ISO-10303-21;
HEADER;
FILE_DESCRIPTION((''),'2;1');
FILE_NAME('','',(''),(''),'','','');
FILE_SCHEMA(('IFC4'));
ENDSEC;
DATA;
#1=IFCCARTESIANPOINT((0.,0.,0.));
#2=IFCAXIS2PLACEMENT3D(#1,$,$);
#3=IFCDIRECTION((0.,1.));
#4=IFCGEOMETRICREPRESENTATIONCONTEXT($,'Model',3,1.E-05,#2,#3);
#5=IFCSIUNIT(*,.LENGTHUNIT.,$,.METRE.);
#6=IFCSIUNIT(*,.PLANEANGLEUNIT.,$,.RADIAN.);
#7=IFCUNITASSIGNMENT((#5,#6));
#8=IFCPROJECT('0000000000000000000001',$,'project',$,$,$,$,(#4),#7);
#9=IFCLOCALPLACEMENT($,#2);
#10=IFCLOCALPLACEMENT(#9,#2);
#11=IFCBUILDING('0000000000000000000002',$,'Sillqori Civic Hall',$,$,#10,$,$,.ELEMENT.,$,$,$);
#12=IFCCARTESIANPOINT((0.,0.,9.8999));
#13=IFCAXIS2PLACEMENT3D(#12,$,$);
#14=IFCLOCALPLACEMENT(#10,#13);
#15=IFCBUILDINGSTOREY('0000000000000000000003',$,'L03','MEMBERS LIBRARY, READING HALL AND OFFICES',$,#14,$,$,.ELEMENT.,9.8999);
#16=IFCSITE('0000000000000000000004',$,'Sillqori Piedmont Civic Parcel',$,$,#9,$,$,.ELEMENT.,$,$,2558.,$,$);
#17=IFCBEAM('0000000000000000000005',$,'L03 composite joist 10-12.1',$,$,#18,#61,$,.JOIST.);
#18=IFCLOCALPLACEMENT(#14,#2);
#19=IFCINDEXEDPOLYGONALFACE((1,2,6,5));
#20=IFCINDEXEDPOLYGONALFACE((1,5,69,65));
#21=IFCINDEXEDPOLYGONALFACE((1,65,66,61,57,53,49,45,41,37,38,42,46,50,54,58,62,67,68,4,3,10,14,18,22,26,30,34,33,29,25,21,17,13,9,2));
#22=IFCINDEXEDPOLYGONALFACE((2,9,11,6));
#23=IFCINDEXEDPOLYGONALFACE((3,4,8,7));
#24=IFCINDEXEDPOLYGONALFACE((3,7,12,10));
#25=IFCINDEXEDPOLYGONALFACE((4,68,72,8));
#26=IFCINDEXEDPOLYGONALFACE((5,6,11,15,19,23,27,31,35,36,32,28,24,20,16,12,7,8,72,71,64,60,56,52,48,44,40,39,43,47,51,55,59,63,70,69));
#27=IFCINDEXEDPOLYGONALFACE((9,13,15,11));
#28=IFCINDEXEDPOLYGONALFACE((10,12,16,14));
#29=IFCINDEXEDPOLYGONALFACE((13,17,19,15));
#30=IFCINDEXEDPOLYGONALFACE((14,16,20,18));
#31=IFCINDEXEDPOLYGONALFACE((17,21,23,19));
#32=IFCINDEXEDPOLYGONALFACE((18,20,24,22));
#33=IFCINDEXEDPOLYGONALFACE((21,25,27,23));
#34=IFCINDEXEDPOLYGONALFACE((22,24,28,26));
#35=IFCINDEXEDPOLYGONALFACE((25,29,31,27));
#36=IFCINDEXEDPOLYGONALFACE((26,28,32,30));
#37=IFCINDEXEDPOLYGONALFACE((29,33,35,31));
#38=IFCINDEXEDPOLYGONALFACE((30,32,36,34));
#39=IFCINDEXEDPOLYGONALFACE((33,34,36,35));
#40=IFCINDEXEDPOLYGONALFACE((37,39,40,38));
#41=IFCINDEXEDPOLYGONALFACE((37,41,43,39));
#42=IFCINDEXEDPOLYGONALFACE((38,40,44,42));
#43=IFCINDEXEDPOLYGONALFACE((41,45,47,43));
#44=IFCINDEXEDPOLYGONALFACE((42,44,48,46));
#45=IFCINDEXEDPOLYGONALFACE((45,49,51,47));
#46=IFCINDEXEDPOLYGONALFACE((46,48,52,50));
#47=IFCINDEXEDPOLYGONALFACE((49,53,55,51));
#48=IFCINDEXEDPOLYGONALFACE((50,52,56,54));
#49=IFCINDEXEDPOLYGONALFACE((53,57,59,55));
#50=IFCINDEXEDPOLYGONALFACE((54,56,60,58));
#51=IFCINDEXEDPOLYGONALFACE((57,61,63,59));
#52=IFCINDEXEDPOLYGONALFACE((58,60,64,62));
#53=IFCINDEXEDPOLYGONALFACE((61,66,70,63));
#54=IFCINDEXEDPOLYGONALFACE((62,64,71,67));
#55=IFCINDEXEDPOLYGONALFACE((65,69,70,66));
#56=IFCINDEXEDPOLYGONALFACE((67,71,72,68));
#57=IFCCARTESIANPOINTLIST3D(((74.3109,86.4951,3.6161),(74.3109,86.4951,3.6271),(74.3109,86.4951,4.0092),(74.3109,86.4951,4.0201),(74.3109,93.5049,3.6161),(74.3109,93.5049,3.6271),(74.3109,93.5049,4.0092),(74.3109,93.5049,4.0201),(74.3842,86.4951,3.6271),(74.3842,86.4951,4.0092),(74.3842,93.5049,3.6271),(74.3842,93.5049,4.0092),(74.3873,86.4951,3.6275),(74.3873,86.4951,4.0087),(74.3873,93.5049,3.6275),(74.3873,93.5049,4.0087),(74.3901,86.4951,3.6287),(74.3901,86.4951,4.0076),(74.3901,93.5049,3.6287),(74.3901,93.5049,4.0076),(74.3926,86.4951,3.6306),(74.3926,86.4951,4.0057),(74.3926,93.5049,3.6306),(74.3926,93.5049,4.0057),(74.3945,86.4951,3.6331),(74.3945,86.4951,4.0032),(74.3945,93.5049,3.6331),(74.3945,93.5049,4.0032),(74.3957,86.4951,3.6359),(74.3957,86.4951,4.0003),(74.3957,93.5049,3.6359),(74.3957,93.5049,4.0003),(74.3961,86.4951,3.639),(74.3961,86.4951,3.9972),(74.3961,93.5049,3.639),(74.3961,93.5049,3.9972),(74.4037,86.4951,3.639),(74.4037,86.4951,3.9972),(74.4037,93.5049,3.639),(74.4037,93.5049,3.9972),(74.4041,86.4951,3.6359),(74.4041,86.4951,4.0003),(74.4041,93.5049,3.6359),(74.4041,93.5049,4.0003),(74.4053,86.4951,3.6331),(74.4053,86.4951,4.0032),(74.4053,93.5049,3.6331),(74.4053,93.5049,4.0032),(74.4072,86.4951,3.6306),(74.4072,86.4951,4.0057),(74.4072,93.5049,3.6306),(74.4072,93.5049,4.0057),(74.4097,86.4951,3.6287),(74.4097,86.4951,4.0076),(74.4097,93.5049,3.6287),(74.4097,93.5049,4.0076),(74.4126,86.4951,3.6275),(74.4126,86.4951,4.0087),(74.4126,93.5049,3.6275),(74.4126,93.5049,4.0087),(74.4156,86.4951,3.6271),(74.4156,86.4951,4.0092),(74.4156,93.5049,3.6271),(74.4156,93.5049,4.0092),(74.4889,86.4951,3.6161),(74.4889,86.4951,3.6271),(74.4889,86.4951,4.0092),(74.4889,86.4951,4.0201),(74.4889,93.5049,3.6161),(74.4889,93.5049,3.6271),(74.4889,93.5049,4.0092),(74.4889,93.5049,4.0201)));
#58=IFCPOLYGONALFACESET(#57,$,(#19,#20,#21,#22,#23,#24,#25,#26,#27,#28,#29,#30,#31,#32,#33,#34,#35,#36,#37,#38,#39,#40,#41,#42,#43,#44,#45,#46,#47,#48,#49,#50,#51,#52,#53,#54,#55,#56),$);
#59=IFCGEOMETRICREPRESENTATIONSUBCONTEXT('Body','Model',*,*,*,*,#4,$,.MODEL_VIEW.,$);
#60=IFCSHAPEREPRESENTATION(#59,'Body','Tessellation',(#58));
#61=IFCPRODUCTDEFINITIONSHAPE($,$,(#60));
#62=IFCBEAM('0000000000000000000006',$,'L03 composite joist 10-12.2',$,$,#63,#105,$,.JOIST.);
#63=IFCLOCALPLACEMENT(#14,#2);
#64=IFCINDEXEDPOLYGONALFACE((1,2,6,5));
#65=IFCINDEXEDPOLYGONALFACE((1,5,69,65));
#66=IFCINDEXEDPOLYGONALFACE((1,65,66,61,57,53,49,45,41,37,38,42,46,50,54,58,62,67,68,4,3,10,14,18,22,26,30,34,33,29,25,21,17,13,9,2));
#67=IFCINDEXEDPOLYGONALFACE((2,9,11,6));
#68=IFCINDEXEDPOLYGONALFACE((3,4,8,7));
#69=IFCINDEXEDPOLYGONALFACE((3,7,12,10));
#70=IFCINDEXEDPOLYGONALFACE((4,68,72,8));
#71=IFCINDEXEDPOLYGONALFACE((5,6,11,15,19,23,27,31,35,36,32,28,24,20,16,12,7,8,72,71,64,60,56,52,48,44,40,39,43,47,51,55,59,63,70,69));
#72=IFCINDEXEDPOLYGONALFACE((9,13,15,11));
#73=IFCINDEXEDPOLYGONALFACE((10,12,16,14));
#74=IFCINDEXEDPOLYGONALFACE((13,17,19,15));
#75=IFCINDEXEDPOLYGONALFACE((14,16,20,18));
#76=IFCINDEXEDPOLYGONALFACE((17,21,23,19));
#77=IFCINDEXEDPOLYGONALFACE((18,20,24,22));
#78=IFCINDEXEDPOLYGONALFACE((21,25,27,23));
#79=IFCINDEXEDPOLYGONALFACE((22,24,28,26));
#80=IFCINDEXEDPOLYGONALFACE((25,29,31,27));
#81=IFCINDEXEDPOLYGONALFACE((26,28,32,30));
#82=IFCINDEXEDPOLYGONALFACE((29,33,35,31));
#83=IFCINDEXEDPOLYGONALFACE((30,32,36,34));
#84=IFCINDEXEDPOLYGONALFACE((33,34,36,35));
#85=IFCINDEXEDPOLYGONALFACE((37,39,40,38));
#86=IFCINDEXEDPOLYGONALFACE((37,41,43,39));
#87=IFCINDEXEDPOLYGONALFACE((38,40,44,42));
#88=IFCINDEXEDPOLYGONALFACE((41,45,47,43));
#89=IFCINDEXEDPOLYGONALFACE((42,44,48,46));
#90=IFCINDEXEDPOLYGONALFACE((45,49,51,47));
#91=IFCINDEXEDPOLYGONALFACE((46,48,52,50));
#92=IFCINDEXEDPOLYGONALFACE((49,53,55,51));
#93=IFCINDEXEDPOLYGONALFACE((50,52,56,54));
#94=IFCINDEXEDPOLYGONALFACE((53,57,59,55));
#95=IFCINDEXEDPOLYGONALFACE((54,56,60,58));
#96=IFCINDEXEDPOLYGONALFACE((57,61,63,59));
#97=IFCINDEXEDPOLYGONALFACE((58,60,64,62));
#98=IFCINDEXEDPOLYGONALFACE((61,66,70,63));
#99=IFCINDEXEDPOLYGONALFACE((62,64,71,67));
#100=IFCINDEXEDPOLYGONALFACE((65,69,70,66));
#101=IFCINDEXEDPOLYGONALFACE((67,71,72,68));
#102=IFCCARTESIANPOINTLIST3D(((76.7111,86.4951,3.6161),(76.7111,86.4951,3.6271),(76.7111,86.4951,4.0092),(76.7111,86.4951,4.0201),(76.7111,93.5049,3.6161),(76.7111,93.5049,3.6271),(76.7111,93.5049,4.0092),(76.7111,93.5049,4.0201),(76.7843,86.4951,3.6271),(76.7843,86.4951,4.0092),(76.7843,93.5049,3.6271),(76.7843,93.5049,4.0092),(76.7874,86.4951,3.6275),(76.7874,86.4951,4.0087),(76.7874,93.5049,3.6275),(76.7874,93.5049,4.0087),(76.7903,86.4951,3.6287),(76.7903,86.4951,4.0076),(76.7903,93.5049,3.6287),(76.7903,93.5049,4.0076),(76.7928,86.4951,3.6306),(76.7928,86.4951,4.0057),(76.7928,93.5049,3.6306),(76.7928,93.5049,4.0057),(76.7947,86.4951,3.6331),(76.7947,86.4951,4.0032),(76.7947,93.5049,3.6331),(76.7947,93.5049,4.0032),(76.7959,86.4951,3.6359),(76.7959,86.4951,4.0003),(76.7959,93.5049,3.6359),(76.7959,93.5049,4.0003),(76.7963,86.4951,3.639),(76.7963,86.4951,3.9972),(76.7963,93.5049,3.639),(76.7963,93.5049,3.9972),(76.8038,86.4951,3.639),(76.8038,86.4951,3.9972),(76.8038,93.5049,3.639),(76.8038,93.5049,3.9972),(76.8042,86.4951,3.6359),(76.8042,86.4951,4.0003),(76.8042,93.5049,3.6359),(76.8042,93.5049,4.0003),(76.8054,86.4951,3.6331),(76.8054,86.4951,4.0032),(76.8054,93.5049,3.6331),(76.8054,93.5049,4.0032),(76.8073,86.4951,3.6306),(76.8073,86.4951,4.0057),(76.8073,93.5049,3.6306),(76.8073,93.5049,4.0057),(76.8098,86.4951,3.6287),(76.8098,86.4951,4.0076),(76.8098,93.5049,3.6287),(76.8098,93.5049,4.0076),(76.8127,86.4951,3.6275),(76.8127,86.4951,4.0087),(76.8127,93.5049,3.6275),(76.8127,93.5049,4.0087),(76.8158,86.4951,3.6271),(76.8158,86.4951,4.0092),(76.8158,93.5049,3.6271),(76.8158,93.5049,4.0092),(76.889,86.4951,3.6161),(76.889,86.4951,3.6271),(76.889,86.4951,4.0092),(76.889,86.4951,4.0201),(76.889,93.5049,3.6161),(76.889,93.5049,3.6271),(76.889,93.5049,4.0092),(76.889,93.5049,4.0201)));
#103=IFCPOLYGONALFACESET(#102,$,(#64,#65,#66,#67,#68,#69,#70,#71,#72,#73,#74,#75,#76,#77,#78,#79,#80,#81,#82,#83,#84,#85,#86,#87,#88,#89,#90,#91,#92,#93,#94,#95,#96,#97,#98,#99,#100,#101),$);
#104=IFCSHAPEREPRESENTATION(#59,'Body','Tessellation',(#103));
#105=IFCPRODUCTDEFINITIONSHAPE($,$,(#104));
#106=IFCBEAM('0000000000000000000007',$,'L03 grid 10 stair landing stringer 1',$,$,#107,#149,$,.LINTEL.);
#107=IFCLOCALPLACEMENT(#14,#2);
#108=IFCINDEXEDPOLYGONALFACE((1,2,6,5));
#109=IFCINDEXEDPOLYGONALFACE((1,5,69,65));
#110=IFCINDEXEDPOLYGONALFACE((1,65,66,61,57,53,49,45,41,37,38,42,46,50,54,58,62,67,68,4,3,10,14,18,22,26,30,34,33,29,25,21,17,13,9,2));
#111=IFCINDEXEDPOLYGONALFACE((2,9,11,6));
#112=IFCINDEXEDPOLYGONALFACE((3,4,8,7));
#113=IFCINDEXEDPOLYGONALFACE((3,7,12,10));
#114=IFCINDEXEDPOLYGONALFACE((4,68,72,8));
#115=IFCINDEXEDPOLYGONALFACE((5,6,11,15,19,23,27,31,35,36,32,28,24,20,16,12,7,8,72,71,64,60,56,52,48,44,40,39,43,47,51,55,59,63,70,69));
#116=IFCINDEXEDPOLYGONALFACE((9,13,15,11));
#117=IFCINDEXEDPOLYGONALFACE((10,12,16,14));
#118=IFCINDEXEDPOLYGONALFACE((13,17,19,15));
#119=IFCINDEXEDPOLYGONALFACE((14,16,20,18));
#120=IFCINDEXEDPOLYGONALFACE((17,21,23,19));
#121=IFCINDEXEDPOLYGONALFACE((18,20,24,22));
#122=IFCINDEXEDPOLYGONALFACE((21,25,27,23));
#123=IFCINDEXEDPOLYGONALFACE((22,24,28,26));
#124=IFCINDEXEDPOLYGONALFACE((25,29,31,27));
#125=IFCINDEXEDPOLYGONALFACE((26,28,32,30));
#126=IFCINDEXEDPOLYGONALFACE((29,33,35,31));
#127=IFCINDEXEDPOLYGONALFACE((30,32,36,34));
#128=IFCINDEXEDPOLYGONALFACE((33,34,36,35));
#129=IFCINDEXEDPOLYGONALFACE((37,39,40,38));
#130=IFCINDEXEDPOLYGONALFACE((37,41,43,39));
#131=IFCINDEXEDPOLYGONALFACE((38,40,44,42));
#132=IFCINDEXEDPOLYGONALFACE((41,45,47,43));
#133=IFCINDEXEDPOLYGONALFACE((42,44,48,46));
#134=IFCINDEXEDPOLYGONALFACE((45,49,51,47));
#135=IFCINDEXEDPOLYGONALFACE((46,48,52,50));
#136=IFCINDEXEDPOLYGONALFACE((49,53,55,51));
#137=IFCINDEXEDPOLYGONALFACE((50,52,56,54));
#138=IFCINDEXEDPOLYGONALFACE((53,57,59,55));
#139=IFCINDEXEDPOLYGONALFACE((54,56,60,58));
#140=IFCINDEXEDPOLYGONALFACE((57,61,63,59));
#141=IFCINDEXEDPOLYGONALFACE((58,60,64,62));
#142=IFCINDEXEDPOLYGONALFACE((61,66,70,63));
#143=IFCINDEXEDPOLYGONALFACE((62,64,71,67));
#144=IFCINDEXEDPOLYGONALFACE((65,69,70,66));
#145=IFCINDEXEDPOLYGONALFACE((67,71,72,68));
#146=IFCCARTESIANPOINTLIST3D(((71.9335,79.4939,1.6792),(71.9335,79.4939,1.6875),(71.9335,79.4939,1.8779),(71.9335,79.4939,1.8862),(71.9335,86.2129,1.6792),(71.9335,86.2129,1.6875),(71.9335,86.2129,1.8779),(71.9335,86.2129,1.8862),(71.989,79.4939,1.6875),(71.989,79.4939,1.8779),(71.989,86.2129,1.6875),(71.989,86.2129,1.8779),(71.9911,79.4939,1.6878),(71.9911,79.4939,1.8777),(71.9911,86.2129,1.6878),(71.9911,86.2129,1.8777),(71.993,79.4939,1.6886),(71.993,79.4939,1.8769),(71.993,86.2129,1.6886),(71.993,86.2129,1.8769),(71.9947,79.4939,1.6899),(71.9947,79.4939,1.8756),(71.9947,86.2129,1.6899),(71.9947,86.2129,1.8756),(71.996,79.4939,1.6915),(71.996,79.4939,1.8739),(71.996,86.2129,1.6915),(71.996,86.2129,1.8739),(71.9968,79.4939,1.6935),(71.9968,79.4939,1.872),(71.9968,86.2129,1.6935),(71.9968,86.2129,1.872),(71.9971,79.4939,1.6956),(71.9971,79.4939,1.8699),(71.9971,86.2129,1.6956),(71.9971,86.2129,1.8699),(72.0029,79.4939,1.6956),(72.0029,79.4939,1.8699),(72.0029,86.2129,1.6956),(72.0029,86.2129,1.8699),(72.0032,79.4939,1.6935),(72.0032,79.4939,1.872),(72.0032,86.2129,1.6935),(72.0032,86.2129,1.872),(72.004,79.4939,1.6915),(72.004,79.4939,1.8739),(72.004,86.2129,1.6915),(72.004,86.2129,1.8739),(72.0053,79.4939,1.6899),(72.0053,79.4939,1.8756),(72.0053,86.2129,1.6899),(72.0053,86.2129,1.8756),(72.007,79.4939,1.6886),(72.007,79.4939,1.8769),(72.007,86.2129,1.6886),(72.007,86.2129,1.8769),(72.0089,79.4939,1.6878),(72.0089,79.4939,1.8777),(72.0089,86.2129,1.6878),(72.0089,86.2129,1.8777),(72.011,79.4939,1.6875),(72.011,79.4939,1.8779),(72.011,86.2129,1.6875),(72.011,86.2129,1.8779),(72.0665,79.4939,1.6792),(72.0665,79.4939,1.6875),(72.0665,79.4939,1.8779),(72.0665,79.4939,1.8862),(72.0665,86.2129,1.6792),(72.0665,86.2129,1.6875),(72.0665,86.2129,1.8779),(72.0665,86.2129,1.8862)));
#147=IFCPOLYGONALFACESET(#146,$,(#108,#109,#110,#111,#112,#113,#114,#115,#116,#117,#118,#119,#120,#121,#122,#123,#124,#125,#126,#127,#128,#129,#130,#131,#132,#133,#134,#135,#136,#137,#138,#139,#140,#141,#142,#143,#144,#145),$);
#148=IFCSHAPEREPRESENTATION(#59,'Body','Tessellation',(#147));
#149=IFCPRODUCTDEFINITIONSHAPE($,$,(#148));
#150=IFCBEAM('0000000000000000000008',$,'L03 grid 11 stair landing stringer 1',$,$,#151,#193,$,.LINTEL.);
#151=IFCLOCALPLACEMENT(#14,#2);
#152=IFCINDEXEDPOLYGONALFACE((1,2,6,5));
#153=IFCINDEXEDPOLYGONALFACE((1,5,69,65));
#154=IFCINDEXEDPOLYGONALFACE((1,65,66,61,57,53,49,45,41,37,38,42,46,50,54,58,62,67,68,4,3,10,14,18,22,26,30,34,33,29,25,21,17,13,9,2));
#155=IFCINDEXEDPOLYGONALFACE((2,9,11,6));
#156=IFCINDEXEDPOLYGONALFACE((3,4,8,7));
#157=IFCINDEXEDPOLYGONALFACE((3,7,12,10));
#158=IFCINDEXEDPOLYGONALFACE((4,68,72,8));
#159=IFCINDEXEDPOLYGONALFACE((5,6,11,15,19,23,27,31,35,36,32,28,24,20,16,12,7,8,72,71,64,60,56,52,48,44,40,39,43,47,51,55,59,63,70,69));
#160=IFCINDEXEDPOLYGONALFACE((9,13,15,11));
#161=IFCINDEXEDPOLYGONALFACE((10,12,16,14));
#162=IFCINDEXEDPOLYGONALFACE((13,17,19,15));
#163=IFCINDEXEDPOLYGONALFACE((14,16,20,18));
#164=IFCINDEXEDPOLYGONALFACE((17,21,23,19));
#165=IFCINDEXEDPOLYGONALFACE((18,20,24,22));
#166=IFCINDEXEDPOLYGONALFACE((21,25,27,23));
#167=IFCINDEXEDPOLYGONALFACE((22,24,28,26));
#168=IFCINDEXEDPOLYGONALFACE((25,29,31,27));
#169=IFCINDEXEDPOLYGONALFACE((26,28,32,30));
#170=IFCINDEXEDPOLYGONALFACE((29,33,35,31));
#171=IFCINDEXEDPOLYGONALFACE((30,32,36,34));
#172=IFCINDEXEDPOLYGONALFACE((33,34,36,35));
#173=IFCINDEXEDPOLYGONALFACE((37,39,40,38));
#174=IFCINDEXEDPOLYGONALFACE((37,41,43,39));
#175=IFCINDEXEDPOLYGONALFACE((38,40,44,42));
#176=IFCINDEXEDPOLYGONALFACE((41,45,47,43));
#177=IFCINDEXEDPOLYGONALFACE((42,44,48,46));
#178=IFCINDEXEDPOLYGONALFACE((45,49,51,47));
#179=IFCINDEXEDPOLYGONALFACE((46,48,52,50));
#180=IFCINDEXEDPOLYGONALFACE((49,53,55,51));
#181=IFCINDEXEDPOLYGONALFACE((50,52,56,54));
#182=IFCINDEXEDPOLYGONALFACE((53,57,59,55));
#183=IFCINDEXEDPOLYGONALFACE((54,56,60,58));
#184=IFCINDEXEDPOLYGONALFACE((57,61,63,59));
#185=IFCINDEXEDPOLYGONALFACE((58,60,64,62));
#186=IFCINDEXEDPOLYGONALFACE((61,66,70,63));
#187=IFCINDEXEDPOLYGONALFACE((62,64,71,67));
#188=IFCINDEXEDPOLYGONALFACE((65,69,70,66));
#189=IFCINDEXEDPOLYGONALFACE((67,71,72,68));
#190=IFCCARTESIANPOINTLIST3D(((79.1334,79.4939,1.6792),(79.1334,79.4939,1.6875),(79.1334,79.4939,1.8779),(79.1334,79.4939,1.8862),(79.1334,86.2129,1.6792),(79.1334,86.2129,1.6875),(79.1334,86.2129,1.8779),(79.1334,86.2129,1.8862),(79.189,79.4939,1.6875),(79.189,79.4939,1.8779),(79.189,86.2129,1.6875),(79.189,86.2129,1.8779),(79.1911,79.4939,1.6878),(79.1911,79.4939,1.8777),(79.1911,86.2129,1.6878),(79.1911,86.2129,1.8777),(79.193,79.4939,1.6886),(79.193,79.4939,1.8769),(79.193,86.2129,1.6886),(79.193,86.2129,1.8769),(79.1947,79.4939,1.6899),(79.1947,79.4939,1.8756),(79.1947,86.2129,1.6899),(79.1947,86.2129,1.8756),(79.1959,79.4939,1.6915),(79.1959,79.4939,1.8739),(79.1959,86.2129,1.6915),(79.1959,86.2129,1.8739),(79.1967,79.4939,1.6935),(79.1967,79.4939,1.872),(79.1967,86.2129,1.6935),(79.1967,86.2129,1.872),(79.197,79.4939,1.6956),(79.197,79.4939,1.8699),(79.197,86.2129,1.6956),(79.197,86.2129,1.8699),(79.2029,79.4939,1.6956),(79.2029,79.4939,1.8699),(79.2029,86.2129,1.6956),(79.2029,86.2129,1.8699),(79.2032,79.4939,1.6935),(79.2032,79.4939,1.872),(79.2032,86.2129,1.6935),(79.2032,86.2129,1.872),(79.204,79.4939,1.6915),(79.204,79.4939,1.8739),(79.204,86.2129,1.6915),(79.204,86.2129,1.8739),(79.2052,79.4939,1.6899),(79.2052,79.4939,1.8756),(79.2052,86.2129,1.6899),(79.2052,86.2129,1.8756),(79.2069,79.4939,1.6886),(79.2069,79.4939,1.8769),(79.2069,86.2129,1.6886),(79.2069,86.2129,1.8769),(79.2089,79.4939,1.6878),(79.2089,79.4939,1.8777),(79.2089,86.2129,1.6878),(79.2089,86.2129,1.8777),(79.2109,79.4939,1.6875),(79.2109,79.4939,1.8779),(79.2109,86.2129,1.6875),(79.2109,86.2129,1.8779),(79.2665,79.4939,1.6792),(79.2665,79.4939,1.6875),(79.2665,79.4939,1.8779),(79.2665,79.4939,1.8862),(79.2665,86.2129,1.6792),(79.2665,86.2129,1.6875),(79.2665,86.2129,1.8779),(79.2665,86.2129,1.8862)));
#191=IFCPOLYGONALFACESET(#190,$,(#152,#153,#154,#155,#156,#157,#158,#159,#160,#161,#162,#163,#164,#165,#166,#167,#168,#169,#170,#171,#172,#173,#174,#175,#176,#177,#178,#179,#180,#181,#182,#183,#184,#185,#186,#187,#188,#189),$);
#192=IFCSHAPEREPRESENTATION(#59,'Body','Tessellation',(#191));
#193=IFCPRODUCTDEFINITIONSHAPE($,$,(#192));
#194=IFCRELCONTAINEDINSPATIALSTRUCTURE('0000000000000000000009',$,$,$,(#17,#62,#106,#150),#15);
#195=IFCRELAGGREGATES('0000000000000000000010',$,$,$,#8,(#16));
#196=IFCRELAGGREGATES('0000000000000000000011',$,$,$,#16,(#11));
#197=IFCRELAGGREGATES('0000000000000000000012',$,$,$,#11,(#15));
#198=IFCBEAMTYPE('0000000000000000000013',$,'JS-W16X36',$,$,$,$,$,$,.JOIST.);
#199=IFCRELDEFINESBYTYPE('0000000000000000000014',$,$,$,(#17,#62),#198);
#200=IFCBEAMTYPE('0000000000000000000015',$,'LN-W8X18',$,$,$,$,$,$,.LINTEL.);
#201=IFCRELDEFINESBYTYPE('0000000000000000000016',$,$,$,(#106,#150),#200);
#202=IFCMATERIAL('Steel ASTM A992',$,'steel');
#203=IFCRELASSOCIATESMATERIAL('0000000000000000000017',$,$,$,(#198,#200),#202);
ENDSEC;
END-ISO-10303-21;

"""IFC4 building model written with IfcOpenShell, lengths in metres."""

from ifc_helpers import new_model, si_unit, direction, frame, origin, origin_2d, place, context, subcontext, project, spatial, i_section, extrude, material, material_profile, profile_set, type_object, element, save


model = new_model("IFC4")

# Units and contexts
model_context = context("Model", 3, precision=1e-05, world=origin(), true_north=direction((0.0, 1.0)))
body_context = subcontext(model_context, "Body", "Model", "MODEL_VIEW")
ifc_project = project(units=[si_unit("LENGTHUNIT", "METRE"), si_unit("PLANEANGLEUNIT", "RADIAN")], contexts=[model_context])

# Site, building, storey
site_placement = place(None, origin())
site = spatial("IfcSite", under=ifc_project, at=site_placement, Name="Sillqori Piedmont Civic Parcel", CompositionType="ELEMENT", RefElevation=2558.0)
building_placement = place(site_placement, origin())
building = spatial("IfcBuilding", under=site, at=building_placement, Name="Sillqori Civic Hall", CompositionType="ELEMENT")
storey_placement = place(building_placement, frame((0.0, 0.0, 9.8999)))
storey = spatial("IfcBuildingStorey", under=building, at=storey_placement, Name="L03", Description="MEMBERS LIBRARY, READING HALL AND OFFICES", CompositionType="ELEMENT", Elevation=9.8999)

# Shared definitions
ifc_material_1 = material(Name="Steel ASTM A992", Category="steel")

# Beams
ifc_material_profile_1 = material_profile(ifc_material_1, i_section(OverallWidth=0.178, OverallDepth=0.4041, WebThickness=0.0076, FlangeThickness=0.011, FilletRadius=0.012, at=origin_2d()), Name="W16X36")
ifc_profile_set_1 = profile_set([ifc_material_profile_1], Name="Steel ASTM A992")
beam_type_1 = type_object("IfcBeamType", Name="JS-W16X36", PredefinedType="JOIST", material=ifc_profile_set_1)
for number, where, z_axis, x_axis, name in (
    (1, (74.3999, 86.4951, 3.8181), (0.0, 1.0, 0.0), (-1.0, 0.0, 0.0), "L03 composite joist 10-12.1"),
    (2, (76.8, 86.4951, 3.8181), (0.0, 1.0, 0.0), (-1.0, 0.0, 0.0), "L03 composite joist 10-12.2"),
):
    element("IfcBeam", number, at=place(storey_placement, frame(where, z_axis=z_axis, x_axis=x_axis)), inside=storey, type_object=beam_type_1, Name=name, PredefinedType="JOIST", context=body_context, shape_type="SweptSolid", body=[
        extrude(i_section(OverallWidth=0.178, OverallDepth=0.4041, WebThickness=0.0076, FlangeThickness=0.011, FilletRadius=0.012, at=origin_2d()), origin(), (0.0, 0.0, 1.0), 7.0098),
    ])
ifc_material_profile_2 = material_profile(ifc_material_1, i_section(OverallWidth=0.1331, OverallDepth=0.207, WebThickness=0.0059, FlangeThickness=0.0083, FilletRadius=0.0081, at=origin_2d()), Name="W8X18")
ifc_profile_set_2 = profile_set([ifc_material_profile_2], Name="Steel ASTM A992")
beam_type_2 = type_object("IfcBeamType", Name="LN-W8X18", PredefinedType="LINTEL", material=ifc_profile_set_2)
for number, where, z_axis, x_axis, name in (
    (3, (72.0, 79.4939, 1.7827), (0.0, 1.0, 0.0), (-1.0, 0.0, 0.0), "L03 grid 10 stair landing stringer 1"),
    (4, (79.2, 79.4939, 1.7827), (0.0, 1.0, 0.0), (-1.0, 0.0, 0.0), "L03 grid 11 stair landing stringer 1"),
):
    element("IfcBeam", number, at=place(storey_placement, frame(where, z_axis=z_axis, x_axis=x_axis)), inside=storey, type_object=beam_type_2, Name=name, PredefinedType="LINTEL", context=body_context, shape_type="SweptSolid", body=[
        extrude(i_section(OverallWidth=0.1331, OverallDepth=0.207, WebThickness=0.0059, FlangeThickness=0.0083, FilletRadius=0.0081, at=origin_2d()), origin(), (0.0, 0.0, 1.0), 6.719),
    ])

save(model, "model.ifc")
